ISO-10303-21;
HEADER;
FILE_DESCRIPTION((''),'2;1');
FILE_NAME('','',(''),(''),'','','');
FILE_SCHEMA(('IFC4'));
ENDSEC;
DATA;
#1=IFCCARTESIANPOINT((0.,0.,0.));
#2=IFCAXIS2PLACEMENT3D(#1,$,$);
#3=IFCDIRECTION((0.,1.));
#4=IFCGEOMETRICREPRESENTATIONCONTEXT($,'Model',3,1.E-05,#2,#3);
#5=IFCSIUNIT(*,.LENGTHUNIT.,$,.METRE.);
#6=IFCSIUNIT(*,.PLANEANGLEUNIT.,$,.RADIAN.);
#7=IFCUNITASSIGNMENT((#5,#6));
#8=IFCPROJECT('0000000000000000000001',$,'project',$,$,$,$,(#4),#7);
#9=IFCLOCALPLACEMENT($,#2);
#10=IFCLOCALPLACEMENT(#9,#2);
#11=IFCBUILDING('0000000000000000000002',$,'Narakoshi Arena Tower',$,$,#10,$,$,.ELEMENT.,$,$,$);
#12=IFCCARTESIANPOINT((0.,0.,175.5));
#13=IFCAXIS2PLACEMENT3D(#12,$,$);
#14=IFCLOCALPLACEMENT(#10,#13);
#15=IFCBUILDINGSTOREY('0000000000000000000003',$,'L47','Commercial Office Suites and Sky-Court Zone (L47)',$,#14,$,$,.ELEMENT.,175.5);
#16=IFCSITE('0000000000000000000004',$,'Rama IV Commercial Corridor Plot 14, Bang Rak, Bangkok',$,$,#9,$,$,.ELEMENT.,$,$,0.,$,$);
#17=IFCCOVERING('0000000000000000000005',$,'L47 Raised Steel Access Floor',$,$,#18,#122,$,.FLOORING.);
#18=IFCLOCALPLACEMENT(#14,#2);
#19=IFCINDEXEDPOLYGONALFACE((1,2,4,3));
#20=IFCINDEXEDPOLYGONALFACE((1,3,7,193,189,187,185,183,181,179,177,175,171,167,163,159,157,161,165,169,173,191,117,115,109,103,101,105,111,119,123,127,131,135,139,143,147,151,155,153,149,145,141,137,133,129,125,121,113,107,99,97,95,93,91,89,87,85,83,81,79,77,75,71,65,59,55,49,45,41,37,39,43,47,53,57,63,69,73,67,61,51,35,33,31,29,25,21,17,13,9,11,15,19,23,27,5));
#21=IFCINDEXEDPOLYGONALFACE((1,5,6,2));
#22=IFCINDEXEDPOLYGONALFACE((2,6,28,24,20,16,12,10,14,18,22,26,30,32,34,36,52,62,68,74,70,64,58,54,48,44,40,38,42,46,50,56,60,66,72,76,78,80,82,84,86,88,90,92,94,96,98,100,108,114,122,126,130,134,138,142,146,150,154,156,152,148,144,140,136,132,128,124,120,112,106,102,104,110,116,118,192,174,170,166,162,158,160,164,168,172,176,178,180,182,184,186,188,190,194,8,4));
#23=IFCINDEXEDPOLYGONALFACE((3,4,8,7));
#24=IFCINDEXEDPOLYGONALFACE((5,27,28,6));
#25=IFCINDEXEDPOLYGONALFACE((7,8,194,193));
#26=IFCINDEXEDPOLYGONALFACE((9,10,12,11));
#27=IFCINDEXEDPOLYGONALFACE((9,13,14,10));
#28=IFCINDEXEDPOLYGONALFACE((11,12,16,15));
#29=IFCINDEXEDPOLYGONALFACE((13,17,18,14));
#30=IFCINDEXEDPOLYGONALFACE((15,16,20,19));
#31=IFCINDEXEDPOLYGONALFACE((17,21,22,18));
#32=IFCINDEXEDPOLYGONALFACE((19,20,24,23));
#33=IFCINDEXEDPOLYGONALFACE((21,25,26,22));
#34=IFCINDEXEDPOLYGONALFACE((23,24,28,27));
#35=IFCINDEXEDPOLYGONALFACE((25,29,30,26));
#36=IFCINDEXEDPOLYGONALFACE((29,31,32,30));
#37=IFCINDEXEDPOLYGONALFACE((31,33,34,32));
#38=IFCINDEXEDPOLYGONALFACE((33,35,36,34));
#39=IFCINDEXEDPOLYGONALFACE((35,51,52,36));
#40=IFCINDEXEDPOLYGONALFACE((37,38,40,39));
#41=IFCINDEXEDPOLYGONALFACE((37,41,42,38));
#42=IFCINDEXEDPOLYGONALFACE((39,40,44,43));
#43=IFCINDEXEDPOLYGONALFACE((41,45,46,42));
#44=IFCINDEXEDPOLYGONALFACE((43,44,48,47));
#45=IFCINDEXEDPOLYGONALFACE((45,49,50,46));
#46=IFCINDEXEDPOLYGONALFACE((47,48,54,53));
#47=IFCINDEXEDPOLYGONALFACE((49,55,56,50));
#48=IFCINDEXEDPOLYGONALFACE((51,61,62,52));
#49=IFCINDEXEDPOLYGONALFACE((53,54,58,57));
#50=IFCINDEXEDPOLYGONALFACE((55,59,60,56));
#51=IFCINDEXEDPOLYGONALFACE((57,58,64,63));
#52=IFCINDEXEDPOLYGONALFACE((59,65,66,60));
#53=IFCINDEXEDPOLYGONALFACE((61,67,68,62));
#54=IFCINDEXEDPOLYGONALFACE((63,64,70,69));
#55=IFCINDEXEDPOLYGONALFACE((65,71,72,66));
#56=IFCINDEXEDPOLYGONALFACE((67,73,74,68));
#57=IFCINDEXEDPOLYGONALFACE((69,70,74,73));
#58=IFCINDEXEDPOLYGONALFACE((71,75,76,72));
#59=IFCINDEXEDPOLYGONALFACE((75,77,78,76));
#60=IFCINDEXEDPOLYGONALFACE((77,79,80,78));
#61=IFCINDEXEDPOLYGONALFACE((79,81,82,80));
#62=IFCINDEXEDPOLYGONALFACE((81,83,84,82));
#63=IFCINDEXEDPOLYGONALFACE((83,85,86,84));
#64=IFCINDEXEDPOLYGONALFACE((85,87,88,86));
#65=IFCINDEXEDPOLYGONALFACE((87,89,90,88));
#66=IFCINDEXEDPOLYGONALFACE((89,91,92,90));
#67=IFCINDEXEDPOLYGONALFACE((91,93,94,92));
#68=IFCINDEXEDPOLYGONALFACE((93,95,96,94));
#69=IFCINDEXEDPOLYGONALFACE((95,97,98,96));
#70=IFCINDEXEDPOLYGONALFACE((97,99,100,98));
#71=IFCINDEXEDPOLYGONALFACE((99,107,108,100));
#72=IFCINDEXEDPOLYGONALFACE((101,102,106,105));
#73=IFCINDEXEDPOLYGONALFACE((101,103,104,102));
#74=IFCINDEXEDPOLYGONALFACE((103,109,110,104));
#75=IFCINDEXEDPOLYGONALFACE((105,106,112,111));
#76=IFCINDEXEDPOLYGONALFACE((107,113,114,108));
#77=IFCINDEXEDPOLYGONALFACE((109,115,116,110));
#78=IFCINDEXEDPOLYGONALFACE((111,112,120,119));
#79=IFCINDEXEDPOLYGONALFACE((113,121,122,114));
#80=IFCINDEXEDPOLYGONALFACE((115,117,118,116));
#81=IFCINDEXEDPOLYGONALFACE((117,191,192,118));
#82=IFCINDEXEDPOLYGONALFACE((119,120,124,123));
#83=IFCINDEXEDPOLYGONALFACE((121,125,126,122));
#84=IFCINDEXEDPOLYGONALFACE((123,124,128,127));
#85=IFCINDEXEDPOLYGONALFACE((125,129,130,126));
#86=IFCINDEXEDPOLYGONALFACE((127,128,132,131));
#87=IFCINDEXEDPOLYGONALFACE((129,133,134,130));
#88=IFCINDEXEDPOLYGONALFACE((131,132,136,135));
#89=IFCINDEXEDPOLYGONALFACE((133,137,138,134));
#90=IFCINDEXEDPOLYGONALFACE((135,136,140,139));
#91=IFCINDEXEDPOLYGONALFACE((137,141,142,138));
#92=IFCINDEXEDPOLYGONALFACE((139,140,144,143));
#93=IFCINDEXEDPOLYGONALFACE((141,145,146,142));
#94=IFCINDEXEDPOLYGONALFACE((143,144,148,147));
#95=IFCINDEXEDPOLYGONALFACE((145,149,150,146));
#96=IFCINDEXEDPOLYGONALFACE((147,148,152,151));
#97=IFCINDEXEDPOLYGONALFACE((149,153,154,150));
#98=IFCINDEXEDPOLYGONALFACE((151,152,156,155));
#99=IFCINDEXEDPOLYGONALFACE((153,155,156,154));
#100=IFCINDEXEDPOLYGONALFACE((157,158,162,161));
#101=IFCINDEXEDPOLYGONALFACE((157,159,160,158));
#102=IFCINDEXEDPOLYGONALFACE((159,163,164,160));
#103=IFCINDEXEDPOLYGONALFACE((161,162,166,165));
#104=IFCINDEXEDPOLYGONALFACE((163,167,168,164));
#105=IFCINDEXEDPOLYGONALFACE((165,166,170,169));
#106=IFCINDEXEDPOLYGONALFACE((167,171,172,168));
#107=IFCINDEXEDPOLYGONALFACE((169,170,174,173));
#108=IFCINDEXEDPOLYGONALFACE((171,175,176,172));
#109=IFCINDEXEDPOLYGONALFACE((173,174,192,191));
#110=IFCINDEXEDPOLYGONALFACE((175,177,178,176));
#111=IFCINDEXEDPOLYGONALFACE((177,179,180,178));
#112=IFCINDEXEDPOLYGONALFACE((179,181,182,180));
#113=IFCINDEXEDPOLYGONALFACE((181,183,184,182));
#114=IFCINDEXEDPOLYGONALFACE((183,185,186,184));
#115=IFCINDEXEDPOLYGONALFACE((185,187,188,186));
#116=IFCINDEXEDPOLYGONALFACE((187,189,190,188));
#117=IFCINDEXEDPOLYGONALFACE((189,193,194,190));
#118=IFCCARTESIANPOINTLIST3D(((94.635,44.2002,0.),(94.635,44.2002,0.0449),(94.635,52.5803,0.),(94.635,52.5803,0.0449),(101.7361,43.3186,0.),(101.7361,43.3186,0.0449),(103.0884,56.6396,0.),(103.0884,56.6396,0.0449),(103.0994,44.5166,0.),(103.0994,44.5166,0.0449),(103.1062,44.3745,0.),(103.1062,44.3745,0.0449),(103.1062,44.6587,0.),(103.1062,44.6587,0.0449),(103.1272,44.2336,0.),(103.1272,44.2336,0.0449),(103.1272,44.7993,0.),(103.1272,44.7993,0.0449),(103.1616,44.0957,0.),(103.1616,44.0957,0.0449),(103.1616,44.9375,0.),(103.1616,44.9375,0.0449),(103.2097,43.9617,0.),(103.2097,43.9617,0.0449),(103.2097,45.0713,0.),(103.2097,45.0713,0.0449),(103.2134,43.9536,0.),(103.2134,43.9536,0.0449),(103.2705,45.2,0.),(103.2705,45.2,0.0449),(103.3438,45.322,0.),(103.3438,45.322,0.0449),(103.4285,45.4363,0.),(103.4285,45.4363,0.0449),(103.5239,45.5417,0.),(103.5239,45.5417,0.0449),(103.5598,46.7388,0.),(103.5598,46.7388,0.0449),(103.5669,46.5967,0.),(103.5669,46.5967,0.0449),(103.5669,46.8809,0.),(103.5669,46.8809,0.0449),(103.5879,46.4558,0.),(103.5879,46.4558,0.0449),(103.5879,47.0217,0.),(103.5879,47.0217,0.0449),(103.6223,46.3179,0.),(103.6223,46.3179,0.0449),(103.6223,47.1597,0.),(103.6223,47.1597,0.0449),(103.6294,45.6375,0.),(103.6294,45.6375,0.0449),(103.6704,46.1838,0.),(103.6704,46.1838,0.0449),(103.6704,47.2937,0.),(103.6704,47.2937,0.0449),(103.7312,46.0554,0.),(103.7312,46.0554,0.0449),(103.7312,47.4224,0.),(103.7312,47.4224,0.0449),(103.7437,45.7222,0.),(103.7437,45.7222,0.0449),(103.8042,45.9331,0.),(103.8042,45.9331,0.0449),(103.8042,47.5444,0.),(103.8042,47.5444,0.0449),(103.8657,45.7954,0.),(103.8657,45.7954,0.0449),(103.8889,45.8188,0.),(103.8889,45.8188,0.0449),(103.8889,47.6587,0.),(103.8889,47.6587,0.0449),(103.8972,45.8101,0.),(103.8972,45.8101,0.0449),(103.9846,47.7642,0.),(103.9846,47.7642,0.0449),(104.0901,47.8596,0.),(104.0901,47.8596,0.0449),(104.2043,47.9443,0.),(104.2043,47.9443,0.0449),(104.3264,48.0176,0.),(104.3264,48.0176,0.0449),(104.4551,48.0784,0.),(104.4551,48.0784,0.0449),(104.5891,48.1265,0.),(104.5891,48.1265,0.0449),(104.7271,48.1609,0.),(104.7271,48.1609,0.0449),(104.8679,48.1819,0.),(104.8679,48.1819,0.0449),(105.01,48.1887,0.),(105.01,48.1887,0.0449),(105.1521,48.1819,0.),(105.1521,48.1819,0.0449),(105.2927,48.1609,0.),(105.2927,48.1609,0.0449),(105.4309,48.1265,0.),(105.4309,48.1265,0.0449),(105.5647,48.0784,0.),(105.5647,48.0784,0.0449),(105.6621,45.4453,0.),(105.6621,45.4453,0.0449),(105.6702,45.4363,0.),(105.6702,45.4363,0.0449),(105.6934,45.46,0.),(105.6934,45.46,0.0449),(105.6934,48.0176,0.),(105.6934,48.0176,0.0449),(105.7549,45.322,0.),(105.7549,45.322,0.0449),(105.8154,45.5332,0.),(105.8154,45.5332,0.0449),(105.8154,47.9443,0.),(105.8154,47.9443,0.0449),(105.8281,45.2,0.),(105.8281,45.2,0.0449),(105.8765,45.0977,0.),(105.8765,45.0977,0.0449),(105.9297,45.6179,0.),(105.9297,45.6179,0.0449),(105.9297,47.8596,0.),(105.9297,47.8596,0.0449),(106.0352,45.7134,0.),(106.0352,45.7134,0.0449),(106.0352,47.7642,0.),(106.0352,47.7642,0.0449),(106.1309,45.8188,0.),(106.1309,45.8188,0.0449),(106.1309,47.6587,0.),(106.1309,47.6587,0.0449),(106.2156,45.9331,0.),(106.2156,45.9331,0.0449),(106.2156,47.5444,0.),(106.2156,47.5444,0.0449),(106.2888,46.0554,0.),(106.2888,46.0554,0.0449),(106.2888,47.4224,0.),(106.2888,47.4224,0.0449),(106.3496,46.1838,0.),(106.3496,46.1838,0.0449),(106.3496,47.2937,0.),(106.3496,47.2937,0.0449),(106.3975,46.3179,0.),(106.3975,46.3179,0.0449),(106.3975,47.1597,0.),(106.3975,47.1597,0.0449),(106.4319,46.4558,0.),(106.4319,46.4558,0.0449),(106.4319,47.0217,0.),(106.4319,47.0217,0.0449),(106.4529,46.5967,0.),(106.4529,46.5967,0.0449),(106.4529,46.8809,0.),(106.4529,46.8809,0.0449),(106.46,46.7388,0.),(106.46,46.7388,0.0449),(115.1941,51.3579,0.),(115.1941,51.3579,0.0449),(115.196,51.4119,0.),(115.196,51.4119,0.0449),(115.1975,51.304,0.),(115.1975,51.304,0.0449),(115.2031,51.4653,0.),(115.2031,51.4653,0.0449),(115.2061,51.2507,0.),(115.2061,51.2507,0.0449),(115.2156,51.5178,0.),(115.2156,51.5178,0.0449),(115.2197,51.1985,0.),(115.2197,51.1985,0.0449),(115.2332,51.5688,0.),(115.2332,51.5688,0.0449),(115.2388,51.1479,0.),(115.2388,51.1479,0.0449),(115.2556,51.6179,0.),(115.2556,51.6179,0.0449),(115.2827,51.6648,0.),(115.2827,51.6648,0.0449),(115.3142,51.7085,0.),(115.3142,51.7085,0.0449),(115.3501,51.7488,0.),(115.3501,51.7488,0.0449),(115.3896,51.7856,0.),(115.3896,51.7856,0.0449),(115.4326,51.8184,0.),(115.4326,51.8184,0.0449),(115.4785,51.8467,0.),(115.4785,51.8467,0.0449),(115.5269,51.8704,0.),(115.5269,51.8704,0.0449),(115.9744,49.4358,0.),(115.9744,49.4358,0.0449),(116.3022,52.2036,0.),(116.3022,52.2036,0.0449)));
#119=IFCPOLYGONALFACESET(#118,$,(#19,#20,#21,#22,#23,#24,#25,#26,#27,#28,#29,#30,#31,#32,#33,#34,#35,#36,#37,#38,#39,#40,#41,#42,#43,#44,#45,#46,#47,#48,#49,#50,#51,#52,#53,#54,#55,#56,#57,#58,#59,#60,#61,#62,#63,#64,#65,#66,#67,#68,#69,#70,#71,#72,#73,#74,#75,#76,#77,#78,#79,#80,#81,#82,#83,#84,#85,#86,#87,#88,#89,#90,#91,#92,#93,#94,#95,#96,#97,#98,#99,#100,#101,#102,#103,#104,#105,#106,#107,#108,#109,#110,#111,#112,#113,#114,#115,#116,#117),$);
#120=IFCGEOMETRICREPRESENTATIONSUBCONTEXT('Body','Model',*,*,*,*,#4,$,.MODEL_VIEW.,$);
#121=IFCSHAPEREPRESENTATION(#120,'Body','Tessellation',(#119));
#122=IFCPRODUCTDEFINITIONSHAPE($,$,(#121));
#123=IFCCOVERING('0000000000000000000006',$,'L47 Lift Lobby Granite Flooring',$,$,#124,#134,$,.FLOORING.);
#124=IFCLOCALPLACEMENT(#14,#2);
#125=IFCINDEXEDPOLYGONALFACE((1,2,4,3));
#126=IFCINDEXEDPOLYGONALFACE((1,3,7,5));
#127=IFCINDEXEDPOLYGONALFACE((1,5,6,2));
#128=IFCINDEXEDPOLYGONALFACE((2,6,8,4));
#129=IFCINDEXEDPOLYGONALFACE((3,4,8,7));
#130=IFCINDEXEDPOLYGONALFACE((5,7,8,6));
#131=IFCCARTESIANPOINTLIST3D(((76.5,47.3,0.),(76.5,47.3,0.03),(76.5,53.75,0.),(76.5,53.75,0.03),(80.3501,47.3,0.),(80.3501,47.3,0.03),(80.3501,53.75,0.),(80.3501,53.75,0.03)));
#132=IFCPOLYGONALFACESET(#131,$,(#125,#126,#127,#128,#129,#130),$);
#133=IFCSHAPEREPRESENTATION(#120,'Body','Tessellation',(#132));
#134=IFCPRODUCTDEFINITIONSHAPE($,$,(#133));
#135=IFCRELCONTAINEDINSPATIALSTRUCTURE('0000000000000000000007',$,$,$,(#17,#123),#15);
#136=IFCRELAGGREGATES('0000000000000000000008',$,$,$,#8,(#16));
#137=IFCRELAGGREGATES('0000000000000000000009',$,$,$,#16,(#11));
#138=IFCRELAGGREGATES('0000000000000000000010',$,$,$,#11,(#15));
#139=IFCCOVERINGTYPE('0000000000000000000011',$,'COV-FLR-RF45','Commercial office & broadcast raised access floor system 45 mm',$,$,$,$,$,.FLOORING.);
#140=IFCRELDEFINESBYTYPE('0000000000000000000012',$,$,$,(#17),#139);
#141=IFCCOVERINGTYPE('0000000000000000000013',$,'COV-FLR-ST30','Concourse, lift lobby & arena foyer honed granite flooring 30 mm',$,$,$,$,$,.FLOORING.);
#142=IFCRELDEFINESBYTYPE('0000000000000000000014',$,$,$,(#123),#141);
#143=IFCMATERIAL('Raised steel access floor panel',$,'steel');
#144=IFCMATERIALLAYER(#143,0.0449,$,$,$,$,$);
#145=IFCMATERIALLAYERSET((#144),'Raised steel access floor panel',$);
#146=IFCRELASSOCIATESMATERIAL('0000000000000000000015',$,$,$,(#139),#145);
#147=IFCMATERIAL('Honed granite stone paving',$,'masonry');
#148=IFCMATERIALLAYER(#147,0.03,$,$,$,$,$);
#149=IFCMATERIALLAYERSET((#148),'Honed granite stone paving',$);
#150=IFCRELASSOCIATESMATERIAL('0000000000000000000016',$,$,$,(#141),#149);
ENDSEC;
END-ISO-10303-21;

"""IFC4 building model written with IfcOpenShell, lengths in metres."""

from ifc_helpers import new_model, si_unit, direction, frame, origin, place, context, subcontext, project, spatial, polyline, outline, extrude, material, layer, layer_set, type_object, element, save


model = new_model("IFC4")

# Units and contexts
model_context = context("Model", 3, precision=1e-05, world=origin(), true_north=direction((0.0, 1.0)))
body_context = subcontext(model_context, "Body", "Model", "MODEL_VIEW")
ifc_project = project(units=[si_unit("LENGTHUNIT", "METRE"), si_unit("PLANEANGLEUNIT", "RADIAN")], contexts=[model_context])

# Site, building, storey
site_placement = place(None, origin())
site = spatial("IfcSite", under=ifc_project, at=site_placement, Name="Rama IV Commercial Corridor Plot 14, Bang Rak, Bangkok", CompositionType="ELEMENT", RefElevation=0.0)
building_placement = place(site_placement, origin())
building = spatial("IfcBuilding", under=site, at=building_placement, Name="Narakoshi Arena Tower", CompositionType="ELEMENT")
storey_placement = place(building_placement, frame((0.0, 0.0, 175.5)))
storey = spatial("IfcBuildingStorey", under=building, at=storey_placement, Name="L47", Description="Commercial Office Suites and Sky-Court Zone (L47)", CompositionType="ELEMENT", Elevation=175.5)

# Coverings
ifc_material_1 = material(Name="Raised steel access floor panel", Category="steel")
ifc_layer_1 = layer(ifc_material_1, 0.0449)
ifc_layer_set_1 = layer_set([ifc_layer_1], Name="Raised steel access floor panel")
covering_type_1 = type_object("IfcCoveringType", Name="COV-FLR-RF45", Description="Commercial office & broadcast raised access floor system 45 mm", PredefinedType="FLOORING", material=ifc_layer_set_1)
covering_1_placement = place(storey_placement, origin())
element("IfcCovering", 1, at=covering_1_placement, inside=storey, type_object=covering_type_1, Name="L47 Raised Steel Access Floor", PredefinedType="FLOORING", context=body_context, shape_type="SweptSolid", body=[
    extrude(outline(polyline([(115.5269, 51.8704), (115.4785, 51.8467), (115.4326, 51.8184), (115.3896, 51.7856), (115.3501, 51.7488), (115.3142, 51.7085), (115.2827, 51.6648), (115.2556, 51.6179), (115.2332, 51.5688), (115.2156, 51.5178), (115.2031, 51.4653), (115.196, 51.4119), (115.1941, 51.3579), (115.1975, 51.304), (115.2061, 51.2507), (115.2197, 51.1985), (115.2388, 51.1479), (115.9744, 49.4358), (105.8765, 45.0977), (105.8281, 45.2), (105.7549, 45.322), (105.6702, 45.4363), (105.6621, 45.4453), (105.6934, 45.46), (105.8154, 45.5332), (105.9297, 45.6179), (106.0352, 45.7134), (106.1309, 45.8188), (106.2156, 45.9331), (106.2888, 46.0554), (106.3496, 46.1838), (106.3975, 46.3179), (106.4319, 46.4558), (106.4529, 46.5967), (106.46, 46.7388), (106.4529, 46.8809), (106.4319, 47.0217), (106.3975, 47.1597), (106.3496, 47.2937), (106.2888, 47.4224), (106.2156, 47.5444), (106.1309, 47.6587), (106.0352, 47.7642), (105.9297, 47.8596), (105.8154, 47.9443), (105.6934, 48.0176), (105.5647, 48.0784), (105.4309, 48.1265), (105.2927, 48.1609), (105.1521, 48.1819), (105.01, 48.1887), (104.8679, 48.1819), (104.7271, 48.1609), (104.5891, 48.1265), (104.4551, 48.0784), (104.3264, 48.0176), (104.2043, 47.9443), (104.0901, 47.8596), (103.9846, 47.7642), (103.8889, 47.6587), (103.8042, 47.5444), (103.7312, 47.4224), (103.6704, 47.2937), (103.6223, 47.1597), (103.5879, 47.0217), (103.5669, 46.8809), (103.5598, 46.7388), (103.5669, 46.5967), (103.5879, 46.4558), (103.6223, 46.3179), (103.6704, 46.1838), (103.7312, 46.0554), (103.8042, 45.9331), (103.8889, 45.8188), (103.8972, 45.8101), (103.8657, 45.7954), (103.7437, 45.7222), (103.6294, 45.6375), (103.5239, 45.5417), (103.4285, 45.4363), (103.3438, 45.322), (103.2705, 45.2), (103.2097, 45.0713), (103.1616, 44.9375), (103.1272, 44.7993), (103.1062, 44.6587), (103.0994, 44.5166), (103.1062, 44.3745), (103.1272, 44.2336), (103.1616, 44.0957), (103.2097, 43.9617), (103.2134, 43.9536), (101.7361, 43.3186), (94.635, 44.2002), (94.635, 52.5803), (103.0884, 56.6396), (116.3022, 52.2036), (115.5269, 51.8704)])), origin(), (0.0, 0.0, 1.0), 0.0449),
])
ifc_material_2 = material(Name="Honed granite stone paving", Category="masonry")
ifc_layer_2 = layer(ifc_material_2, 0.03)
ifc_layer_set_2 = layer_set([ifc_layer_2], Name="Honed granite stone paving")
covering_type_2 = type_object("IfcCoveringType", Name="COV-FLR-ST30", Description="Concourse, lift lobby & arena foyer honed granite flooring 30 mm", PredefinedType="FLOORING", material=ifc_layer_set_2)
covering_2_placement = place(storey_placement, origin())
element("IfcCovering", 2, at=covering_2_placement, inside=storey, type_object=covering_type_2, Name="L47 Lift Lobby Granite Flooring", PredefinedType="FLOORING", context=body_context, shape_type="SweptSolid", body=[
    extrude(outline(polyline([(76.5, 47.3), (80.3501, 47.3), (80.3501, 53.75), (76.5, 53.75), (76.5, 47.3)])), origin(), (0.0, 0.0, 1.0), 0.03),
])

save(model, "model.ifc")
